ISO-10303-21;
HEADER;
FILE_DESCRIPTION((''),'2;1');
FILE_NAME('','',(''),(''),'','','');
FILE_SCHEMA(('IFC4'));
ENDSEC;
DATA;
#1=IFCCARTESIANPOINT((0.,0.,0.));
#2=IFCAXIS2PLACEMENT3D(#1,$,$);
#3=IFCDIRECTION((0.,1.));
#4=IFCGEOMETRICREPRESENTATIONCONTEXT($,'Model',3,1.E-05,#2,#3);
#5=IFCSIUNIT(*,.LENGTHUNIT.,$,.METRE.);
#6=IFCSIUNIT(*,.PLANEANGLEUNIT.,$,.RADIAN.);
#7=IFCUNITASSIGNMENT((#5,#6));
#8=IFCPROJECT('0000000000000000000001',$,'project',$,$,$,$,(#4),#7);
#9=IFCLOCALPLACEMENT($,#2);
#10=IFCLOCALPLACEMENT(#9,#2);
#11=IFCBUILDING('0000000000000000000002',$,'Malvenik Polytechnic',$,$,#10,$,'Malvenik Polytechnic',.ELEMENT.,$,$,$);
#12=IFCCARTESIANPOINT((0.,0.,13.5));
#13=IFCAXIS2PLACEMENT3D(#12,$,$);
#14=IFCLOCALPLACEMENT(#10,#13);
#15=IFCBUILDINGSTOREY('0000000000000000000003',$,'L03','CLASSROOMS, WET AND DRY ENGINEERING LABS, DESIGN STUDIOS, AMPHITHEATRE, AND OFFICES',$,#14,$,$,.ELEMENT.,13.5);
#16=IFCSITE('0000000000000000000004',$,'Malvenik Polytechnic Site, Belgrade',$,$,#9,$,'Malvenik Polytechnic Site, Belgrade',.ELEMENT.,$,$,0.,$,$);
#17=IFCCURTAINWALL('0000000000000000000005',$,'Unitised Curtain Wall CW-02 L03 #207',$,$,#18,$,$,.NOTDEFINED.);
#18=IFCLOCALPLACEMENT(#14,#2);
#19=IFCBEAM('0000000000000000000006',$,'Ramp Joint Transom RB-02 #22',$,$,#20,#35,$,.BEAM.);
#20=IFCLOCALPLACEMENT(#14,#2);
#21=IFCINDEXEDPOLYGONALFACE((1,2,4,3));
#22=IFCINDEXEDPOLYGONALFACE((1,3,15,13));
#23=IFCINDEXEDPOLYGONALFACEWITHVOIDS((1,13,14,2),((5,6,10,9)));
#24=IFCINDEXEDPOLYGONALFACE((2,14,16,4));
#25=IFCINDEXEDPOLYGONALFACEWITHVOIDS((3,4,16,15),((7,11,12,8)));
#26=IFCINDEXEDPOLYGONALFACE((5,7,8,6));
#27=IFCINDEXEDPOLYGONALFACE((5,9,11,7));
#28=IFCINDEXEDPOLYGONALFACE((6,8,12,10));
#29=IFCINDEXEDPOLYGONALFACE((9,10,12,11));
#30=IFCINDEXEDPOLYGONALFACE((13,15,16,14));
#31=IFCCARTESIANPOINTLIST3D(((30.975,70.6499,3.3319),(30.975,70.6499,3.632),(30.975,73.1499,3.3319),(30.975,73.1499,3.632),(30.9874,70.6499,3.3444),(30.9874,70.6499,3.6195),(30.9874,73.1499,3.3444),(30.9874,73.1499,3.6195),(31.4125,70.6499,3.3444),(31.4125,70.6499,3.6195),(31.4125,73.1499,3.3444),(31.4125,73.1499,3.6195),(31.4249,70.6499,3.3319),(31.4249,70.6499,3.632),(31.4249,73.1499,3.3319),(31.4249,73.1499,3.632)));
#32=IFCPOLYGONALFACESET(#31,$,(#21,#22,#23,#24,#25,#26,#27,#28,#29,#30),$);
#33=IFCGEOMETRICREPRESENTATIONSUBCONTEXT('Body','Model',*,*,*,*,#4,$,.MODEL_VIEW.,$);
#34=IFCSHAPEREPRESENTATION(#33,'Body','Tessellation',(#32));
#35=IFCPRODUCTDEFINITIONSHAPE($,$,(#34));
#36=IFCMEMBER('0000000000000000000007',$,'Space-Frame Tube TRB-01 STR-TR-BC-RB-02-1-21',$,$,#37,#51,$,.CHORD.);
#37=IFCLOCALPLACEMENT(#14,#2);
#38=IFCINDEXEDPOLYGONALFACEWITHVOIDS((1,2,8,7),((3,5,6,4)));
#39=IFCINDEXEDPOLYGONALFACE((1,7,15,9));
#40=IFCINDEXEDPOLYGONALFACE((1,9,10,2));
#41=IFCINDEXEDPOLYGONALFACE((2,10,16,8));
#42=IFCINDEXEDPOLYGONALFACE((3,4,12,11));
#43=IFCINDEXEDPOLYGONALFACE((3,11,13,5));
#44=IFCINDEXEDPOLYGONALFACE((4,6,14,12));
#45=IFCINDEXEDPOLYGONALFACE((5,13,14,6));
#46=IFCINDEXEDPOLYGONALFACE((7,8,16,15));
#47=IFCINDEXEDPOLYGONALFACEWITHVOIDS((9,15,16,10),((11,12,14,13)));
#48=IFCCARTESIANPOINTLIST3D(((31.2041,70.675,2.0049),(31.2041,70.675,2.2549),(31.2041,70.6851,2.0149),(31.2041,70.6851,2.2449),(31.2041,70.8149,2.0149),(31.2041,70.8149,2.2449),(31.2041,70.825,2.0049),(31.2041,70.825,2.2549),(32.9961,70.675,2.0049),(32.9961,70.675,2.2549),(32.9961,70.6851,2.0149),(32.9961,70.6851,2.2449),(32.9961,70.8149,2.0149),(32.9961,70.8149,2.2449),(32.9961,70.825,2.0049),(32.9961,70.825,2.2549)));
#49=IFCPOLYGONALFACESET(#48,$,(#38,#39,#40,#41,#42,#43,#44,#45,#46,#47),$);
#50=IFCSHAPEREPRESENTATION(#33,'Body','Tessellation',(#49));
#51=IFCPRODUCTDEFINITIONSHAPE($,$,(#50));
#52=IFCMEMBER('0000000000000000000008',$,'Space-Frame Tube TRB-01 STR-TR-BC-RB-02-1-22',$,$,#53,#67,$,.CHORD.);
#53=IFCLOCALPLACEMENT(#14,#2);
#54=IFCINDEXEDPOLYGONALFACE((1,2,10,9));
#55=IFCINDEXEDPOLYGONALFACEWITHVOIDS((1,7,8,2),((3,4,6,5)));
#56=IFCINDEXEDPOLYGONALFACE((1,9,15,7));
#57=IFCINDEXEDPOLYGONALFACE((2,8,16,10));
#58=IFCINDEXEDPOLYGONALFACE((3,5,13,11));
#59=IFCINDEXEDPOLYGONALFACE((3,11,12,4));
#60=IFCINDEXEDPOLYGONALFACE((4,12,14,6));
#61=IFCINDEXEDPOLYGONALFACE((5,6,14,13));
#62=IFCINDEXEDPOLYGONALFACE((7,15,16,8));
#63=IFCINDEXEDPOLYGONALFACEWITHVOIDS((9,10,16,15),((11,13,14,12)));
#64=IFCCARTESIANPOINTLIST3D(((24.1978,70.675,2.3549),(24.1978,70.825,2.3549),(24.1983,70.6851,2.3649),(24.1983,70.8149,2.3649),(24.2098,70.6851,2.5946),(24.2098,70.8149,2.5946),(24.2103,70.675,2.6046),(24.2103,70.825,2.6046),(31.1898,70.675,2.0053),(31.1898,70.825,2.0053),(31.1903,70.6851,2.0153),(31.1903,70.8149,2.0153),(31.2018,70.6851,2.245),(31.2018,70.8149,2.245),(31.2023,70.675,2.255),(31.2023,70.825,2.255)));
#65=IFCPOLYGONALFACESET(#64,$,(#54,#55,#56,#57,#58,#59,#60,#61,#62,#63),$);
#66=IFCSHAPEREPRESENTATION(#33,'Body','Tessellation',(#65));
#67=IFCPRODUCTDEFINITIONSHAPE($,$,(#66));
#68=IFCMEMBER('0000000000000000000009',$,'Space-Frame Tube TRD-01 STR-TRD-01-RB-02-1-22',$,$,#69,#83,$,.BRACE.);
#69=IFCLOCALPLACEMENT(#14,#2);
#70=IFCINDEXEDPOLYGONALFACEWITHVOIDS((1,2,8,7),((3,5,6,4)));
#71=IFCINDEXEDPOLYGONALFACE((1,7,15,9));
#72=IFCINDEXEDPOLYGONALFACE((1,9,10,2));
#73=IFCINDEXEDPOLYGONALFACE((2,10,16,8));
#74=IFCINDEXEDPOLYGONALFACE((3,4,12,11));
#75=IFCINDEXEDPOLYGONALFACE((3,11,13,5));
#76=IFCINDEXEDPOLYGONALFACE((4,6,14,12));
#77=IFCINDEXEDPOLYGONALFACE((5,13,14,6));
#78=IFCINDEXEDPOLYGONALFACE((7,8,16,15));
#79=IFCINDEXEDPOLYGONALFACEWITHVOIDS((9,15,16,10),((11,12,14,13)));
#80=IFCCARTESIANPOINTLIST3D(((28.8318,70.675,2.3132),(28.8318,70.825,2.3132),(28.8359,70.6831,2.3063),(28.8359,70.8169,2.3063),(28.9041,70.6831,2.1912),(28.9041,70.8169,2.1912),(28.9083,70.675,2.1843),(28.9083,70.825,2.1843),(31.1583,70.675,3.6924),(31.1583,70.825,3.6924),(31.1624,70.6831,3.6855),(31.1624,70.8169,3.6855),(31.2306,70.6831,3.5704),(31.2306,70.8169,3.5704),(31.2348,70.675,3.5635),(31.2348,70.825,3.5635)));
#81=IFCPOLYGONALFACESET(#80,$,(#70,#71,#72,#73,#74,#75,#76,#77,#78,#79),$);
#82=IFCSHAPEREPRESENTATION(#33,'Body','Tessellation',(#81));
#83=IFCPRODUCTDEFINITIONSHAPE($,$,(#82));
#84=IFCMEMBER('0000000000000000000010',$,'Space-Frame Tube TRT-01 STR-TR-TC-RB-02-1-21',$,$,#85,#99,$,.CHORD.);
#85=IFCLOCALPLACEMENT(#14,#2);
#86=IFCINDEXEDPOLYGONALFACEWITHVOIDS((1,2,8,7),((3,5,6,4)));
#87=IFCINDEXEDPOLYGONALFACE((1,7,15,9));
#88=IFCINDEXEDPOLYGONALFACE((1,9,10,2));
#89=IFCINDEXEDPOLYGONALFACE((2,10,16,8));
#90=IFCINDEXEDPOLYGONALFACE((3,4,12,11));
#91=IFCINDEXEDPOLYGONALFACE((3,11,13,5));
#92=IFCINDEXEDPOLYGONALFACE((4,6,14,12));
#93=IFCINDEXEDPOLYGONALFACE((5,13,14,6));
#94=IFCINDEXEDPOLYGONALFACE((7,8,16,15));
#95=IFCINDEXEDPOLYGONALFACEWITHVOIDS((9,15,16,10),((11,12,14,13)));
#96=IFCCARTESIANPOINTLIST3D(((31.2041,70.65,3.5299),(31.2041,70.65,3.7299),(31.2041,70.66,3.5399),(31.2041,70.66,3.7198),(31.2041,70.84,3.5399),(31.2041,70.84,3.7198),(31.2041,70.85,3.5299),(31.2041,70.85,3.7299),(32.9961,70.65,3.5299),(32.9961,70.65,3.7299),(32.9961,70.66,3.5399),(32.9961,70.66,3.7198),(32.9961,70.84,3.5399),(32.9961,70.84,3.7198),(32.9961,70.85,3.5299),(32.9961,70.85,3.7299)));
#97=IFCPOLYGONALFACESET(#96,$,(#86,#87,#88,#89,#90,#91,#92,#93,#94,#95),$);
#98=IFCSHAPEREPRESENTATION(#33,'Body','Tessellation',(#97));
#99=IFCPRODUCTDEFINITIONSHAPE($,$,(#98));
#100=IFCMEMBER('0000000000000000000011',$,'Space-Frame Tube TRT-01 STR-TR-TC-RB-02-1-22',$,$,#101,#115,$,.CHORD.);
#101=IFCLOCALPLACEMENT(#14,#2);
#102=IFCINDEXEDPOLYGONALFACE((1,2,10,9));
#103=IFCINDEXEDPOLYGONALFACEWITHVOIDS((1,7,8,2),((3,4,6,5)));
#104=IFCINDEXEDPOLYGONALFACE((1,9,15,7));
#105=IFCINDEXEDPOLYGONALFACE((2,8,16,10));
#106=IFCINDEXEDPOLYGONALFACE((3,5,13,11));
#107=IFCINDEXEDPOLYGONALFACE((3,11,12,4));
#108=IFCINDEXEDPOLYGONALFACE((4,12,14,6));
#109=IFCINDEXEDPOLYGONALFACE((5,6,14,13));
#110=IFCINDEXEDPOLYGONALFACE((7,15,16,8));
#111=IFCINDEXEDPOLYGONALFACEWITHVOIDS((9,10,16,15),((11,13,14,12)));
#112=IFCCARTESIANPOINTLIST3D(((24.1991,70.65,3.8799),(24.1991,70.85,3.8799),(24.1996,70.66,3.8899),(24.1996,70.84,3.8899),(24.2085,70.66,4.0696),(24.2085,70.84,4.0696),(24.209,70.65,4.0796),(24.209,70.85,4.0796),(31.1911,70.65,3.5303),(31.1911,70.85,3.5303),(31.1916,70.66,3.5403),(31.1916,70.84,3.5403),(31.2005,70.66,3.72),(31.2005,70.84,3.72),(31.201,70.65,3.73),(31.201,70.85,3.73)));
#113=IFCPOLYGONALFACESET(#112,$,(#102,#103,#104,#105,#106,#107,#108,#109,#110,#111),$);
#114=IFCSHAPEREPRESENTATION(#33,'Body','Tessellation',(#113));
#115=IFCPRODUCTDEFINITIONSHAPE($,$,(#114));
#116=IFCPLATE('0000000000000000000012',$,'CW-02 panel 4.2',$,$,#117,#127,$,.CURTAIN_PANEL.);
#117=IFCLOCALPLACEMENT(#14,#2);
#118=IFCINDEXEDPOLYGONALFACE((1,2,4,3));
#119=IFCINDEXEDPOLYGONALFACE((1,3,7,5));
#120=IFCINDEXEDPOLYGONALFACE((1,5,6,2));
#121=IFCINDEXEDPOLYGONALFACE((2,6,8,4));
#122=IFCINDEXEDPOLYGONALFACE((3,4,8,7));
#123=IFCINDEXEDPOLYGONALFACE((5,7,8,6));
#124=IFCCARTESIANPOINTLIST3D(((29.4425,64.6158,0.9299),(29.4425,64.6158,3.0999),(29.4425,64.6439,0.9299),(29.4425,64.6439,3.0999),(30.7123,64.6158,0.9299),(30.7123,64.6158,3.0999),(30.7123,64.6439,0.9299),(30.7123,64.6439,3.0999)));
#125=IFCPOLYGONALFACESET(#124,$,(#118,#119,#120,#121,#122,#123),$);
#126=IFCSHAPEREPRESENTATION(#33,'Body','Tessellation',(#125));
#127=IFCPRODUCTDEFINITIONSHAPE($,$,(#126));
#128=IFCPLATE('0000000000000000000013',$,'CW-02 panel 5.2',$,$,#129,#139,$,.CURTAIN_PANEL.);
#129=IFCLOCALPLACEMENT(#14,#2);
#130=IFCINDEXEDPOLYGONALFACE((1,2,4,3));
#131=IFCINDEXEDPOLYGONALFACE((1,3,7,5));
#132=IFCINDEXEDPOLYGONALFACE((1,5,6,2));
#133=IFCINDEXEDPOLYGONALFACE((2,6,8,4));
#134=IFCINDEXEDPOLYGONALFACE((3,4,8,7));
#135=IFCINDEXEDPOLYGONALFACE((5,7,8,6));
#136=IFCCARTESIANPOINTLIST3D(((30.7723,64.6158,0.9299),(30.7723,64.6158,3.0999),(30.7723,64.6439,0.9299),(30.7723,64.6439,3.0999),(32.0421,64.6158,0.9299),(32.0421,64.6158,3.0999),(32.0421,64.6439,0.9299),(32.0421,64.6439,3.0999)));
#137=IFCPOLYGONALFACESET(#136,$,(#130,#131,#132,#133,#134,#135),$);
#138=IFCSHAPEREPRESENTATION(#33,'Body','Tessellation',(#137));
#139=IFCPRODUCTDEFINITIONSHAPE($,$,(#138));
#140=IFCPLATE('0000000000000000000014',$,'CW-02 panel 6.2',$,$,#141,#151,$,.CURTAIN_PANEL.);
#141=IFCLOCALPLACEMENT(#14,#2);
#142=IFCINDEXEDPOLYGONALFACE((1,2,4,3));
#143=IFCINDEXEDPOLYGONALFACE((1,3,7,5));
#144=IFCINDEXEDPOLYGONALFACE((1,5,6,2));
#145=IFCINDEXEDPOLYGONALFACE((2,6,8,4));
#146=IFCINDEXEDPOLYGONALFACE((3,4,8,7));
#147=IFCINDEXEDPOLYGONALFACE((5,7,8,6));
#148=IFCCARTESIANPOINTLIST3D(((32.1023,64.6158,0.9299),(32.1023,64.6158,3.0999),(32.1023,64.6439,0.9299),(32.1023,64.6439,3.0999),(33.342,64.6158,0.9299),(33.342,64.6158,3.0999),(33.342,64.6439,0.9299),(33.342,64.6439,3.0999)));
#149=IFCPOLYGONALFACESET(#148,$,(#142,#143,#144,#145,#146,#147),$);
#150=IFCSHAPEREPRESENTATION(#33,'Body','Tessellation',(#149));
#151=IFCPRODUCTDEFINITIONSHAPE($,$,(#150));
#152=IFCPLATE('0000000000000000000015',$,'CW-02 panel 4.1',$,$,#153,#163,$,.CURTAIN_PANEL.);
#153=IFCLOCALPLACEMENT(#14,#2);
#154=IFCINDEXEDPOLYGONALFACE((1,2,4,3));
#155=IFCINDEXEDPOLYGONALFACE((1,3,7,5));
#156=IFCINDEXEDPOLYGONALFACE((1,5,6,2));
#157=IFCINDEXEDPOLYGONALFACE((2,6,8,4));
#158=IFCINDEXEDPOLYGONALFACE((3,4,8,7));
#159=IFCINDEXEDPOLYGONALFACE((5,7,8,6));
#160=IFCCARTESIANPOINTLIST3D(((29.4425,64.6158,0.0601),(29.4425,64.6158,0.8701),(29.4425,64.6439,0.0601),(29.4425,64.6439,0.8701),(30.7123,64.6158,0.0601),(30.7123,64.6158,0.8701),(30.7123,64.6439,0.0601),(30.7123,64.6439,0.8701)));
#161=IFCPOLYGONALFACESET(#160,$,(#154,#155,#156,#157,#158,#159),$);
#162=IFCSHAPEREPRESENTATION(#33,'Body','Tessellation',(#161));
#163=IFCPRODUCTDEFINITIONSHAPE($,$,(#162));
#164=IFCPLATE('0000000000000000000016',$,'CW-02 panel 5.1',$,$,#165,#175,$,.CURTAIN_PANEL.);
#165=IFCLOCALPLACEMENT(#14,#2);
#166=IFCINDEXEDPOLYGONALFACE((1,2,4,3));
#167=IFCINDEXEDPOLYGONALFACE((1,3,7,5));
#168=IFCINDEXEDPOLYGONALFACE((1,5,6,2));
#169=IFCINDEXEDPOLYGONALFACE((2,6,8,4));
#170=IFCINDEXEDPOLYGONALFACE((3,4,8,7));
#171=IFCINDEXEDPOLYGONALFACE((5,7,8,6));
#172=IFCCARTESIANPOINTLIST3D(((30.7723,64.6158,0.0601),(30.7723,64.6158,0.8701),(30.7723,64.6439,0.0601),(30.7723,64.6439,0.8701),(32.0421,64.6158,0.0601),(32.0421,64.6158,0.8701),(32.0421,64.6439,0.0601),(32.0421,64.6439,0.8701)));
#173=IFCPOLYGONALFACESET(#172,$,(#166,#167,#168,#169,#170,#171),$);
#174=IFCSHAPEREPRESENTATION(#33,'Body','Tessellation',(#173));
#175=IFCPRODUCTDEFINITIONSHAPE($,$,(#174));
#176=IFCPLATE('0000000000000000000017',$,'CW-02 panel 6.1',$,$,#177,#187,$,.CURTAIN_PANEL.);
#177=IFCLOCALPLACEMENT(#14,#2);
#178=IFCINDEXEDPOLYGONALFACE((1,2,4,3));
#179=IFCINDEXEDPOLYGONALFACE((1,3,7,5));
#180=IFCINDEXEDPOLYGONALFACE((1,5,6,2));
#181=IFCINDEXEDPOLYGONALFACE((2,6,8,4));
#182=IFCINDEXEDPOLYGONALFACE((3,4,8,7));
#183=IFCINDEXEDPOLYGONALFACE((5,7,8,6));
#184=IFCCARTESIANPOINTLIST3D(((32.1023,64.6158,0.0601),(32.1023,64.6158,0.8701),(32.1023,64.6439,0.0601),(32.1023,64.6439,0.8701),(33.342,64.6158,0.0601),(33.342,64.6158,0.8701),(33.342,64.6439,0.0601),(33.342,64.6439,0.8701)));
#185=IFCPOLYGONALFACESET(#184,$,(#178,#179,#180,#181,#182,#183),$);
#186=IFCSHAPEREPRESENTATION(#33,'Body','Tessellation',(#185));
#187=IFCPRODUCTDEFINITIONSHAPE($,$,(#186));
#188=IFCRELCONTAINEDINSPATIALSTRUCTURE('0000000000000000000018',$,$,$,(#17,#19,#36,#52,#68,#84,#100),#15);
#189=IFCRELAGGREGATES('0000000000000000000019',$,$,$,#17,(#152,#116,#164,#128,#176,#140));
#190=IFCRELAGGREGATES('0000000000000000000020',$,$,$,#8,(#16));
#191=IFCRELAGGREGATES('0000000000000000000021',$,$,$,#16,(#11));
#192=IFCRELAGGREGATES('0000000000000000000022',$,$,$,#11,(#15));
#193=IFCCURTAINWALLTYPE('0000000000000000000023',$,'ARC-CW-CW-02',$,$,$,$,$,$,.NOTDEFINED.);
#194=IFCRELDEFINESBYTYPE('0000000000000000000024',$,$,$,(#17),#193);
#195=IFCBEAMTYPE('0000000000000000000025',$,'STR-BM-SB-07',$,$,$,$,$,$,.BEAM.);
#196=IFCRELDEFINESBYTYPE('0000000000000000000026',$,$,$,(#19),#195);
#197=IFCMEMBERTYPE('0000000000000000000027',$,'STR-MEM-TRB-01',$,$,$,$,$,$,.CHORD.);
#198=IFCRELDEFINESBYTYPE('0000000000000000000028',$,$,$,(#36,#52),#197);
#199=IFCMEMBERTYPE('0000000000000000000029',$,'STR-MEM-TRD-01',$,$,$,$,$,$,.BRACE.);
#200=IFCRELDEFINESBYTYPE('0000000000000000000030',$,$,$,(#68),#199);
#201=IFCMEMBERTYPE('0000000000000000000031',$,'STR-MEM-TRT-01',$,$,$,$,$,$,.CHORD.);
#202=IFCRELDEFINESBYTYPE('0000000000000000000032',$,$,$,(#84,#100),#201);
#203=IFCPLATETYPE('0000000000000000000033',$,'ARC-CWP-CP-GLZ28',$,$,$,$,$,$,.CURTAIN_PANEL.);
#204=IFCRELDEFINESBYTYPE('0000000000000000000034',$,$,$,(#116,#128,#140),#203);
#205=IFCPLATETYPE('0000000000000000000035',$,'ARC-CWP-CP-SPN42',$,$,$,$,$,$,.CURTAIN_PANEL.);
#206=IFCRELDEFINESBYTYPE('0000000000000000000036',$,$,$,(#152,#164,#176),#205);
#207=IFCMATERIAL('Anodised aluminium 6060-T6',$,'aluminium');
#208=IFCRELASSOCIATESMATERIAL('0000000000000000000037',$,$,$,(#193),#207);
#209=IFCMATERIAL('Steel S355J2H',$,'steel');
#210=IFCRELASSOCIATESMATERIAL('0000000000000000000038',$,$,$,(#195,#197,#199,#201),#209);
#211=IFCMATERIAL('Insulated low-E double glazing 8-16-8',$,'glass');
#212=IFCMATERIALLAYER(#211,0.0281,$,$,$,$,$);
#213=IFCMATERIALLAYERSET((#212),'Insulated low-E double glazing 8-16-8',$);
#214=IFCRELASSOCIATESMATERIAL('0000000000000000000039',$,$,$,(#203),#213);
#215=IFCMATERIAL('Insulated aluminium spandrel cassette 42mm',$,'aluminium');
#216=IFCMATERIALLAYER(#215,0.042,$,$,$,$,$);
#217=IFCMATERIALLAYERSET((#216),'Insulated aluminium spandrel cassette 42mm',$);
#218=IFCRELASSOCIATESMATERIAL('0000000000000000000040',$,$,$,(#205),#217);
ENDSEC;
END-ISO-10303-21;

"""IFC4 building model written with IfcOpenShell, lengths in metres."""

from ifc_helpers import new_model, si_unit, direction, frame, origin, origin_2d, place, context, subcontext, project, spatial, rectangle, hollow_rectangle, extrude, material, layer, layer_set, material_profile, profile_set, type_object, element, aggregate, save


model = new_model("IFC4")

# Units and contexts
model_context = context("Model", 3, precision=1e-05, world=origin(), true_north=direction((0.0, 1.0)))
body_context = subcontext(model_context, "Body", "Model", "MODEL_VIEW")
ifc_project = project(units=[si_unit("LENGTHUNIT", "METRE"), si_unit("PLANEANGLEUNIT", "RADIAN")], contexts=[model_context])

# Site, building, storey
site_placement = place(None, origin())
site = spatial("IfcSite", under=ifc_project, at=site_placement, Name="Malvenik Polytechnic Site, Belgrade", LongName="Malvenik Polytechnic Site, Belgrade", CompositionType="ELEMENT", RefElevation=0.0)
building_placement = place(site_placement, origin())
building = spatial("IfcBuilding", under=site, at=building_placement, Name="Malvenik Polytechnic", LongName="Malvenik Polytechnic", CompositionType="ELEMENT")
storey_placement = place(building_placement, frame((0.0, 0.0, 13.5)))
storey = spatial("IfcBuildingStorey", under=building, at=storey_placement, Name="L03", Description="CLASSROOMS, WET AND DRY ENGINEERING LABS, DESIGN STUDIOS, AMPHITHEATRE, AND OFFICES", CompositionType="ELEMENT", Elevation=13.5)

# Curtain wall
ifc_material_1 = material(Name="Anodised aluminium 6060-T6", Category="aluminium")
curtain_wall_type = type_object("IfcCurtainWallType", Name="ARC-CW-CW-02", PredefinedType="NOTDEFINED", material=ifc_material_1)
curtain_wall_placement = place(storey_placement, origin())
curtain_wall = element("IfcCurtainWall", 1, at=curtain_wall_placement, inside=storey, type_object=curtain_wall_type, Name="Unitised Curtain Wall CW-02 L03 #207", PredefinedType="NOTDEFINED")

# Beam
ifc_material_2 = material(Name="Steel S355J2H", Category="steel")
ifc_material_profile_1 = material_profile(ifc_material_2, hollow_rectangle(XDim=0.45, YDim=0.3, WallThickness=0.0125, at=origin_2d()), Name="RHS 450x300x12.5")
ifc_profile_set_1 = profile_set([ifc_material_profile_1], Name="Steel S355J2H")
beam_type = type_object("IfcBeamType", Name="STR-BM-SB-07", PredefinedType="BEAM", material=ifc_profile_set_1)
beam_placement = place(storey_placement, frame((31.2, 70.6499, 3.4819), z_axis=(0.0, 1.0, 0.0), x_axis=(-1.0, 0.0, 0.0)))
element("IfcBeam", 2, at=beam_placement, inside=storey, type_object=beam_type, Name="Ramp Joint Transom RB-02 #22", PredefinedType="BEAM", context=body_context, shape_type="SweptSolid", body=[
    extrude(hollow_rectangle(XDim=0.45, YDim=0.3, WallThickness=0.0125, at=origin_2d()), origin(), (0.0, 0.0, 1.0), 2.5),
])

# Members
ifc_material_profile_2 = material_profile(ifc_material_2, hollow_rectangle(XDim=0.1499, YDim=0.25, WallThickness=0.01, at=origin_2d()), Name="RHS 250x150x10.0")
ifc_profile_set_2 = profile_set([ifc_material_profile_2], Name="Steel S355J2H")
member_type_1 = type_object("IfcMemberType", Name="STR-MEM-TRB-01", PredefinedType="CHORD", material=ifc_profile_set_2)
member_1_placement = place(storey_placement, frame((32.9961, 70.75, 2.1299), z_axis=(-1.0, 0.0, 0.0), x_axis=(0.0, -1.0, 0.0)))
element("IfcMember", 3, at=member_1_placement, inside=storey, type_object=member_type_1, Name="Space-Frame Tube TRB-01 STR-TR-BC-RB-02-1-21", PredefinedType="CHORD", context=body_context, shape_type="SweptSolid", body=[
    extrude(hollow_rectangle(XDim=0.1499, YDim=0.25, WallThickness=0.01, at=origin_2d()), origin(), (0.0, 0.0, 1.0), 1.792),
])
member_2_placement = place(storey_placement, frame((31.196, 70.75, 2.1301), z_axis=(-0.998752, 0.0, 0.049939), x_axis=(0.0, -1.0, 0.0)))
element("IfcMember", 4, at=member_2_placement, inside=storey, type_object=member_type_1, Name="Space-Frame Tube TRB-01 STR-TR-BC-RB-02-1-22", PredefinedType="CHORD", context=body_context, shape_type="SweptSolid", body=[
    extrude(hollow_rectangle(XDim=0.1499, YDim=0.25, WallThickness=0.01, at=origin_2d()), origin(), (0.0, 0.0, 1.0), 7.0007),
])
ifc_material_profile_3 = material_profile(ifc_material_2, hollow_rectangle(XDim=0.1499, YDim=0.1499, WallThickness=0.0081, at=origin_2d()), Name="SHS 150x150x8.0")
ifc_profile_set_3 = profile_set([ifc_material_profile_3], Name="Steel S355J2H")
member_type_2 = type_object("IfcMemberType", Name="STR-MEM-TRD-01", PredefinedType="BRACE", material=ifc_profile_set_3)
member_3_placement = place(storey_placement, frame((31.1965, 70.75, 3.6279), z_axis=(-0.860205, 0.0, -0.509948), x_axis=(0.0, -1.0, 0.0)))
element("IfcMember", 5, at=member_3_placement, inside=storey, type_object=member_type_2, Name="Space-Frame Tube TRD-01 STR-TRD-01-RB-02-1-22", PredefinedType="BRACE", context=body_context, shape_type="SweptSolid", body=[
    extrude(hollow_rectangle(XDim=0.1499, YDim=0.1499, WallThickness=0.0081, at=origin_2d()), origin(), (0.0, 0.0, 1.0), 2.7046),
])
ifc_material_profile_4 = material_profile(ifc_material_2, hollow_rectangle(XDim=0.2, YDim=0.2, WallThickness=0.01, at=origin_2d()), Name="SHS 200x200x10.0")
ifc_profile_set_4 = profile_set([ifc_material_profile_4], Name="Steel S355J2H")
member_type_3 = type_object("IfcMemberType", Name="STR-MEM-TRT-01", PredefinedType="CHORD", material=ifc_profile_set_4)
member_4_placement = place(storey_placement, frame((32.9961, 70.75, 3.6299), z_axis=(-1.0, 0.0, 0.0), x_axis=(0.0, -1.0, 0.0)))
element("IfcMember", 6, at=member_4_placement, inside=storey, type_object=member_type_3, Name="Space-Frame Tube TRT-01 STR-TR-TC-RB-02-1-21", PredefinedType="CHORD", context=body_context, shape_type="SweptSolid", body=[
    extrude(hollow_rectangle(XDim=0.2, YDim=0.2, WallThickness=0.01, at=origin_2d()), origin(), (0.0, 0.0, 1.0), 1.792),
])
member_5_placement = place(storey_placement, frame((31.196, 70.75, 3.6301), z_axis=(-0.998752, 0.0, 0.049939), x_axis=(0.0, -1.0, 0.0)))
element("IfcMember", 7, at=member_5_placement, inside=storey, type_object=member_type_3, Name="Space-Frame Tube TRT-01 STR-TR-TC-RB-02-1-22", PredefinedType="CHORD", context=body_context, shape_type="SweptSolid", body=[
    extrude(hollow_rectangle(XDim=0.2, YDim=0.2, WallThickness=0.01, at=origin_2d()), origin(), (0.0, 0.0, 1.0), 7.0007),
])

# Plates
ifc_material_3 = material(Name="Insulated low-E double glazing 8-16-8", Category="glass")
ifc_layer_1 = layer(ifc_material_3, 0.0281)
ifc_layer_set_1 = layer_set([ifc_layer_1], Name="Insulated low-E double glazing 8-16-8")
plate_type_1 = type_object("IfcPlateType", Name="ARC-CWP-CP-GLZ28", PredefinedType="CURTAIN_PANEL", material=ifc_layer_set_1)
plate_1_placement = place(storey_placement, frame((30.0774, 64.6299, 0.9299), z_axis=(0.0, 0.0, 1.0), x_axis=(1.0, 0.0, 0.0)))
plate_1 = element("IfcPlate", 8, at=plate_1_placement, type_object=plate_type_1, Name="CW-02 panel 4.2", PredefinedType="CURTAIN_PANEL", context=body_context, shape_type="SweptSolid", body=[
    extrude(rectangle(XDim=1.2698, YDim=0.0281, at=origin_2d()), origin(), (0.0, 0.0, 1.0), 2.1699),
])
plate_2_placement = place(storey_placement, frame((31.4072, 64.6299, 0.9299), z_axis=(0.0, 0.0, 1.0), x_axis=(1.0, 0.0, 0.0)))
plate_2 = element("IfcPlate", 9, at=plate_2_placement, type_object=plate_type_1, Name="CW-02 panel 5.2", PredefinedType="CURTAIN_PANEL", context=body_context, shape_type="SweptSolid", body=[
    extrude(rectangle(XDim=1.2698, YDim=0.0281, at=origin_2d()), origin(), (0.0, 0.0, 1.0), 2.1699),
])
plate_3_placement = place(storey_placement, frame((32.7222, 64.6299, 0.9299), z_axis=(0.0, 0.0, 1.0), x_axis=(1.0, 0.0, 0.0)))
plate_3 = element("IfcPlate", 10, at=plate_3_placement, type_object=plate_type_1, Name="CW-02 panel 6.2", PredefinedType="CURTAIN_PANEL", context=body_context, shape_type="SweptSolid", body=[
    extrude(rectangle(XDim=1.2397, YDim=0.0281, at=origin_2d()), origin(), (0.0, 0.0, 1.0), 2.1699),
])
ifc_material_4 = material(Name="Insulated aluminium spandrel cassette 42mm", Category="aluminium")
ifc_layer_2 = layer(ifc_material_4, 0.042)
ifc_layer_set_2 = layer_set([ifc_layer_2], Name="Insulated aluminium spandrel cassette 42mm")
plate_type_2 = type_object("IfcPlateType", Name="ARC-CWP-CP-SPN42", PredefinedType="CURTAIN_PANEL", material=ifc_layer_set_2)
plate_4_placement = place(storey_placement, frame((30.0774, 64.6299, 0.0601), z_axis=(0.0, 0.0, 1.0), x_axis=(1.0, 0.0, 0.0)))
plate_4 = element("IfcPlate", 11, at=plate_4_placement, type_object=plate_type_2, Name="CW-02 panel 4.1", PredefinedType="CURTAIN_PANEL", context=body_context, shape_type="SweptSolid", body=[
    extrude(rectangle(XDim=1.2698, YDim=0.0281, at=origin_2d()), origin(), (0.0, 0.0, 1.0), 0.8101),
])
plate_5_placement = place(storey_placement, frame((31.4072, 64.6299, 0.0601), z_axis=(0.0, 0.0, 1.0), x_axis=(1.0, 0.0, 0.0)))
plate_5 = element("IfcPlate", 12, at=plate_5_placement, type_object=plate_type_2, Name="CW-02 panel 5.1", PredefinedType="CURTAIN_PANEL", context=body_context, shape_type="SweptSolid", body=[
    extrude(rectangle(XDim=1.2698, YDim=0.0281, at=origin_2d()), origin(), (0.0, 0.0, 1.0), 0.8101),
])
plate_6_placement = place(storey_placement, frame((32.7222, 64.6299, 0.0601), z_axis=(0.0, 0.0, 1.0), x_axis=(1.0, 0.0, 0.0)))
plate_6 = element("IfcPlate", 13, at=plate_6_placement, type_object=plate_type_2, Name="CW-02 panel 6.1", PredefinedType="CURTAIN_PANEL", context=body_context, shape_type="SweptSolid", body=[
    extrude(rectangle(XDim=1.2397, YDim=0.0281, at=origin_2d()), origin(), (0.0, 0.0, 1.0), 0.8101),
])
aggregate(curtain_wall, [plate_4, plate_1, plate_5, plate_2, plate_6, plate_3])

save(model, "model.ifc")
